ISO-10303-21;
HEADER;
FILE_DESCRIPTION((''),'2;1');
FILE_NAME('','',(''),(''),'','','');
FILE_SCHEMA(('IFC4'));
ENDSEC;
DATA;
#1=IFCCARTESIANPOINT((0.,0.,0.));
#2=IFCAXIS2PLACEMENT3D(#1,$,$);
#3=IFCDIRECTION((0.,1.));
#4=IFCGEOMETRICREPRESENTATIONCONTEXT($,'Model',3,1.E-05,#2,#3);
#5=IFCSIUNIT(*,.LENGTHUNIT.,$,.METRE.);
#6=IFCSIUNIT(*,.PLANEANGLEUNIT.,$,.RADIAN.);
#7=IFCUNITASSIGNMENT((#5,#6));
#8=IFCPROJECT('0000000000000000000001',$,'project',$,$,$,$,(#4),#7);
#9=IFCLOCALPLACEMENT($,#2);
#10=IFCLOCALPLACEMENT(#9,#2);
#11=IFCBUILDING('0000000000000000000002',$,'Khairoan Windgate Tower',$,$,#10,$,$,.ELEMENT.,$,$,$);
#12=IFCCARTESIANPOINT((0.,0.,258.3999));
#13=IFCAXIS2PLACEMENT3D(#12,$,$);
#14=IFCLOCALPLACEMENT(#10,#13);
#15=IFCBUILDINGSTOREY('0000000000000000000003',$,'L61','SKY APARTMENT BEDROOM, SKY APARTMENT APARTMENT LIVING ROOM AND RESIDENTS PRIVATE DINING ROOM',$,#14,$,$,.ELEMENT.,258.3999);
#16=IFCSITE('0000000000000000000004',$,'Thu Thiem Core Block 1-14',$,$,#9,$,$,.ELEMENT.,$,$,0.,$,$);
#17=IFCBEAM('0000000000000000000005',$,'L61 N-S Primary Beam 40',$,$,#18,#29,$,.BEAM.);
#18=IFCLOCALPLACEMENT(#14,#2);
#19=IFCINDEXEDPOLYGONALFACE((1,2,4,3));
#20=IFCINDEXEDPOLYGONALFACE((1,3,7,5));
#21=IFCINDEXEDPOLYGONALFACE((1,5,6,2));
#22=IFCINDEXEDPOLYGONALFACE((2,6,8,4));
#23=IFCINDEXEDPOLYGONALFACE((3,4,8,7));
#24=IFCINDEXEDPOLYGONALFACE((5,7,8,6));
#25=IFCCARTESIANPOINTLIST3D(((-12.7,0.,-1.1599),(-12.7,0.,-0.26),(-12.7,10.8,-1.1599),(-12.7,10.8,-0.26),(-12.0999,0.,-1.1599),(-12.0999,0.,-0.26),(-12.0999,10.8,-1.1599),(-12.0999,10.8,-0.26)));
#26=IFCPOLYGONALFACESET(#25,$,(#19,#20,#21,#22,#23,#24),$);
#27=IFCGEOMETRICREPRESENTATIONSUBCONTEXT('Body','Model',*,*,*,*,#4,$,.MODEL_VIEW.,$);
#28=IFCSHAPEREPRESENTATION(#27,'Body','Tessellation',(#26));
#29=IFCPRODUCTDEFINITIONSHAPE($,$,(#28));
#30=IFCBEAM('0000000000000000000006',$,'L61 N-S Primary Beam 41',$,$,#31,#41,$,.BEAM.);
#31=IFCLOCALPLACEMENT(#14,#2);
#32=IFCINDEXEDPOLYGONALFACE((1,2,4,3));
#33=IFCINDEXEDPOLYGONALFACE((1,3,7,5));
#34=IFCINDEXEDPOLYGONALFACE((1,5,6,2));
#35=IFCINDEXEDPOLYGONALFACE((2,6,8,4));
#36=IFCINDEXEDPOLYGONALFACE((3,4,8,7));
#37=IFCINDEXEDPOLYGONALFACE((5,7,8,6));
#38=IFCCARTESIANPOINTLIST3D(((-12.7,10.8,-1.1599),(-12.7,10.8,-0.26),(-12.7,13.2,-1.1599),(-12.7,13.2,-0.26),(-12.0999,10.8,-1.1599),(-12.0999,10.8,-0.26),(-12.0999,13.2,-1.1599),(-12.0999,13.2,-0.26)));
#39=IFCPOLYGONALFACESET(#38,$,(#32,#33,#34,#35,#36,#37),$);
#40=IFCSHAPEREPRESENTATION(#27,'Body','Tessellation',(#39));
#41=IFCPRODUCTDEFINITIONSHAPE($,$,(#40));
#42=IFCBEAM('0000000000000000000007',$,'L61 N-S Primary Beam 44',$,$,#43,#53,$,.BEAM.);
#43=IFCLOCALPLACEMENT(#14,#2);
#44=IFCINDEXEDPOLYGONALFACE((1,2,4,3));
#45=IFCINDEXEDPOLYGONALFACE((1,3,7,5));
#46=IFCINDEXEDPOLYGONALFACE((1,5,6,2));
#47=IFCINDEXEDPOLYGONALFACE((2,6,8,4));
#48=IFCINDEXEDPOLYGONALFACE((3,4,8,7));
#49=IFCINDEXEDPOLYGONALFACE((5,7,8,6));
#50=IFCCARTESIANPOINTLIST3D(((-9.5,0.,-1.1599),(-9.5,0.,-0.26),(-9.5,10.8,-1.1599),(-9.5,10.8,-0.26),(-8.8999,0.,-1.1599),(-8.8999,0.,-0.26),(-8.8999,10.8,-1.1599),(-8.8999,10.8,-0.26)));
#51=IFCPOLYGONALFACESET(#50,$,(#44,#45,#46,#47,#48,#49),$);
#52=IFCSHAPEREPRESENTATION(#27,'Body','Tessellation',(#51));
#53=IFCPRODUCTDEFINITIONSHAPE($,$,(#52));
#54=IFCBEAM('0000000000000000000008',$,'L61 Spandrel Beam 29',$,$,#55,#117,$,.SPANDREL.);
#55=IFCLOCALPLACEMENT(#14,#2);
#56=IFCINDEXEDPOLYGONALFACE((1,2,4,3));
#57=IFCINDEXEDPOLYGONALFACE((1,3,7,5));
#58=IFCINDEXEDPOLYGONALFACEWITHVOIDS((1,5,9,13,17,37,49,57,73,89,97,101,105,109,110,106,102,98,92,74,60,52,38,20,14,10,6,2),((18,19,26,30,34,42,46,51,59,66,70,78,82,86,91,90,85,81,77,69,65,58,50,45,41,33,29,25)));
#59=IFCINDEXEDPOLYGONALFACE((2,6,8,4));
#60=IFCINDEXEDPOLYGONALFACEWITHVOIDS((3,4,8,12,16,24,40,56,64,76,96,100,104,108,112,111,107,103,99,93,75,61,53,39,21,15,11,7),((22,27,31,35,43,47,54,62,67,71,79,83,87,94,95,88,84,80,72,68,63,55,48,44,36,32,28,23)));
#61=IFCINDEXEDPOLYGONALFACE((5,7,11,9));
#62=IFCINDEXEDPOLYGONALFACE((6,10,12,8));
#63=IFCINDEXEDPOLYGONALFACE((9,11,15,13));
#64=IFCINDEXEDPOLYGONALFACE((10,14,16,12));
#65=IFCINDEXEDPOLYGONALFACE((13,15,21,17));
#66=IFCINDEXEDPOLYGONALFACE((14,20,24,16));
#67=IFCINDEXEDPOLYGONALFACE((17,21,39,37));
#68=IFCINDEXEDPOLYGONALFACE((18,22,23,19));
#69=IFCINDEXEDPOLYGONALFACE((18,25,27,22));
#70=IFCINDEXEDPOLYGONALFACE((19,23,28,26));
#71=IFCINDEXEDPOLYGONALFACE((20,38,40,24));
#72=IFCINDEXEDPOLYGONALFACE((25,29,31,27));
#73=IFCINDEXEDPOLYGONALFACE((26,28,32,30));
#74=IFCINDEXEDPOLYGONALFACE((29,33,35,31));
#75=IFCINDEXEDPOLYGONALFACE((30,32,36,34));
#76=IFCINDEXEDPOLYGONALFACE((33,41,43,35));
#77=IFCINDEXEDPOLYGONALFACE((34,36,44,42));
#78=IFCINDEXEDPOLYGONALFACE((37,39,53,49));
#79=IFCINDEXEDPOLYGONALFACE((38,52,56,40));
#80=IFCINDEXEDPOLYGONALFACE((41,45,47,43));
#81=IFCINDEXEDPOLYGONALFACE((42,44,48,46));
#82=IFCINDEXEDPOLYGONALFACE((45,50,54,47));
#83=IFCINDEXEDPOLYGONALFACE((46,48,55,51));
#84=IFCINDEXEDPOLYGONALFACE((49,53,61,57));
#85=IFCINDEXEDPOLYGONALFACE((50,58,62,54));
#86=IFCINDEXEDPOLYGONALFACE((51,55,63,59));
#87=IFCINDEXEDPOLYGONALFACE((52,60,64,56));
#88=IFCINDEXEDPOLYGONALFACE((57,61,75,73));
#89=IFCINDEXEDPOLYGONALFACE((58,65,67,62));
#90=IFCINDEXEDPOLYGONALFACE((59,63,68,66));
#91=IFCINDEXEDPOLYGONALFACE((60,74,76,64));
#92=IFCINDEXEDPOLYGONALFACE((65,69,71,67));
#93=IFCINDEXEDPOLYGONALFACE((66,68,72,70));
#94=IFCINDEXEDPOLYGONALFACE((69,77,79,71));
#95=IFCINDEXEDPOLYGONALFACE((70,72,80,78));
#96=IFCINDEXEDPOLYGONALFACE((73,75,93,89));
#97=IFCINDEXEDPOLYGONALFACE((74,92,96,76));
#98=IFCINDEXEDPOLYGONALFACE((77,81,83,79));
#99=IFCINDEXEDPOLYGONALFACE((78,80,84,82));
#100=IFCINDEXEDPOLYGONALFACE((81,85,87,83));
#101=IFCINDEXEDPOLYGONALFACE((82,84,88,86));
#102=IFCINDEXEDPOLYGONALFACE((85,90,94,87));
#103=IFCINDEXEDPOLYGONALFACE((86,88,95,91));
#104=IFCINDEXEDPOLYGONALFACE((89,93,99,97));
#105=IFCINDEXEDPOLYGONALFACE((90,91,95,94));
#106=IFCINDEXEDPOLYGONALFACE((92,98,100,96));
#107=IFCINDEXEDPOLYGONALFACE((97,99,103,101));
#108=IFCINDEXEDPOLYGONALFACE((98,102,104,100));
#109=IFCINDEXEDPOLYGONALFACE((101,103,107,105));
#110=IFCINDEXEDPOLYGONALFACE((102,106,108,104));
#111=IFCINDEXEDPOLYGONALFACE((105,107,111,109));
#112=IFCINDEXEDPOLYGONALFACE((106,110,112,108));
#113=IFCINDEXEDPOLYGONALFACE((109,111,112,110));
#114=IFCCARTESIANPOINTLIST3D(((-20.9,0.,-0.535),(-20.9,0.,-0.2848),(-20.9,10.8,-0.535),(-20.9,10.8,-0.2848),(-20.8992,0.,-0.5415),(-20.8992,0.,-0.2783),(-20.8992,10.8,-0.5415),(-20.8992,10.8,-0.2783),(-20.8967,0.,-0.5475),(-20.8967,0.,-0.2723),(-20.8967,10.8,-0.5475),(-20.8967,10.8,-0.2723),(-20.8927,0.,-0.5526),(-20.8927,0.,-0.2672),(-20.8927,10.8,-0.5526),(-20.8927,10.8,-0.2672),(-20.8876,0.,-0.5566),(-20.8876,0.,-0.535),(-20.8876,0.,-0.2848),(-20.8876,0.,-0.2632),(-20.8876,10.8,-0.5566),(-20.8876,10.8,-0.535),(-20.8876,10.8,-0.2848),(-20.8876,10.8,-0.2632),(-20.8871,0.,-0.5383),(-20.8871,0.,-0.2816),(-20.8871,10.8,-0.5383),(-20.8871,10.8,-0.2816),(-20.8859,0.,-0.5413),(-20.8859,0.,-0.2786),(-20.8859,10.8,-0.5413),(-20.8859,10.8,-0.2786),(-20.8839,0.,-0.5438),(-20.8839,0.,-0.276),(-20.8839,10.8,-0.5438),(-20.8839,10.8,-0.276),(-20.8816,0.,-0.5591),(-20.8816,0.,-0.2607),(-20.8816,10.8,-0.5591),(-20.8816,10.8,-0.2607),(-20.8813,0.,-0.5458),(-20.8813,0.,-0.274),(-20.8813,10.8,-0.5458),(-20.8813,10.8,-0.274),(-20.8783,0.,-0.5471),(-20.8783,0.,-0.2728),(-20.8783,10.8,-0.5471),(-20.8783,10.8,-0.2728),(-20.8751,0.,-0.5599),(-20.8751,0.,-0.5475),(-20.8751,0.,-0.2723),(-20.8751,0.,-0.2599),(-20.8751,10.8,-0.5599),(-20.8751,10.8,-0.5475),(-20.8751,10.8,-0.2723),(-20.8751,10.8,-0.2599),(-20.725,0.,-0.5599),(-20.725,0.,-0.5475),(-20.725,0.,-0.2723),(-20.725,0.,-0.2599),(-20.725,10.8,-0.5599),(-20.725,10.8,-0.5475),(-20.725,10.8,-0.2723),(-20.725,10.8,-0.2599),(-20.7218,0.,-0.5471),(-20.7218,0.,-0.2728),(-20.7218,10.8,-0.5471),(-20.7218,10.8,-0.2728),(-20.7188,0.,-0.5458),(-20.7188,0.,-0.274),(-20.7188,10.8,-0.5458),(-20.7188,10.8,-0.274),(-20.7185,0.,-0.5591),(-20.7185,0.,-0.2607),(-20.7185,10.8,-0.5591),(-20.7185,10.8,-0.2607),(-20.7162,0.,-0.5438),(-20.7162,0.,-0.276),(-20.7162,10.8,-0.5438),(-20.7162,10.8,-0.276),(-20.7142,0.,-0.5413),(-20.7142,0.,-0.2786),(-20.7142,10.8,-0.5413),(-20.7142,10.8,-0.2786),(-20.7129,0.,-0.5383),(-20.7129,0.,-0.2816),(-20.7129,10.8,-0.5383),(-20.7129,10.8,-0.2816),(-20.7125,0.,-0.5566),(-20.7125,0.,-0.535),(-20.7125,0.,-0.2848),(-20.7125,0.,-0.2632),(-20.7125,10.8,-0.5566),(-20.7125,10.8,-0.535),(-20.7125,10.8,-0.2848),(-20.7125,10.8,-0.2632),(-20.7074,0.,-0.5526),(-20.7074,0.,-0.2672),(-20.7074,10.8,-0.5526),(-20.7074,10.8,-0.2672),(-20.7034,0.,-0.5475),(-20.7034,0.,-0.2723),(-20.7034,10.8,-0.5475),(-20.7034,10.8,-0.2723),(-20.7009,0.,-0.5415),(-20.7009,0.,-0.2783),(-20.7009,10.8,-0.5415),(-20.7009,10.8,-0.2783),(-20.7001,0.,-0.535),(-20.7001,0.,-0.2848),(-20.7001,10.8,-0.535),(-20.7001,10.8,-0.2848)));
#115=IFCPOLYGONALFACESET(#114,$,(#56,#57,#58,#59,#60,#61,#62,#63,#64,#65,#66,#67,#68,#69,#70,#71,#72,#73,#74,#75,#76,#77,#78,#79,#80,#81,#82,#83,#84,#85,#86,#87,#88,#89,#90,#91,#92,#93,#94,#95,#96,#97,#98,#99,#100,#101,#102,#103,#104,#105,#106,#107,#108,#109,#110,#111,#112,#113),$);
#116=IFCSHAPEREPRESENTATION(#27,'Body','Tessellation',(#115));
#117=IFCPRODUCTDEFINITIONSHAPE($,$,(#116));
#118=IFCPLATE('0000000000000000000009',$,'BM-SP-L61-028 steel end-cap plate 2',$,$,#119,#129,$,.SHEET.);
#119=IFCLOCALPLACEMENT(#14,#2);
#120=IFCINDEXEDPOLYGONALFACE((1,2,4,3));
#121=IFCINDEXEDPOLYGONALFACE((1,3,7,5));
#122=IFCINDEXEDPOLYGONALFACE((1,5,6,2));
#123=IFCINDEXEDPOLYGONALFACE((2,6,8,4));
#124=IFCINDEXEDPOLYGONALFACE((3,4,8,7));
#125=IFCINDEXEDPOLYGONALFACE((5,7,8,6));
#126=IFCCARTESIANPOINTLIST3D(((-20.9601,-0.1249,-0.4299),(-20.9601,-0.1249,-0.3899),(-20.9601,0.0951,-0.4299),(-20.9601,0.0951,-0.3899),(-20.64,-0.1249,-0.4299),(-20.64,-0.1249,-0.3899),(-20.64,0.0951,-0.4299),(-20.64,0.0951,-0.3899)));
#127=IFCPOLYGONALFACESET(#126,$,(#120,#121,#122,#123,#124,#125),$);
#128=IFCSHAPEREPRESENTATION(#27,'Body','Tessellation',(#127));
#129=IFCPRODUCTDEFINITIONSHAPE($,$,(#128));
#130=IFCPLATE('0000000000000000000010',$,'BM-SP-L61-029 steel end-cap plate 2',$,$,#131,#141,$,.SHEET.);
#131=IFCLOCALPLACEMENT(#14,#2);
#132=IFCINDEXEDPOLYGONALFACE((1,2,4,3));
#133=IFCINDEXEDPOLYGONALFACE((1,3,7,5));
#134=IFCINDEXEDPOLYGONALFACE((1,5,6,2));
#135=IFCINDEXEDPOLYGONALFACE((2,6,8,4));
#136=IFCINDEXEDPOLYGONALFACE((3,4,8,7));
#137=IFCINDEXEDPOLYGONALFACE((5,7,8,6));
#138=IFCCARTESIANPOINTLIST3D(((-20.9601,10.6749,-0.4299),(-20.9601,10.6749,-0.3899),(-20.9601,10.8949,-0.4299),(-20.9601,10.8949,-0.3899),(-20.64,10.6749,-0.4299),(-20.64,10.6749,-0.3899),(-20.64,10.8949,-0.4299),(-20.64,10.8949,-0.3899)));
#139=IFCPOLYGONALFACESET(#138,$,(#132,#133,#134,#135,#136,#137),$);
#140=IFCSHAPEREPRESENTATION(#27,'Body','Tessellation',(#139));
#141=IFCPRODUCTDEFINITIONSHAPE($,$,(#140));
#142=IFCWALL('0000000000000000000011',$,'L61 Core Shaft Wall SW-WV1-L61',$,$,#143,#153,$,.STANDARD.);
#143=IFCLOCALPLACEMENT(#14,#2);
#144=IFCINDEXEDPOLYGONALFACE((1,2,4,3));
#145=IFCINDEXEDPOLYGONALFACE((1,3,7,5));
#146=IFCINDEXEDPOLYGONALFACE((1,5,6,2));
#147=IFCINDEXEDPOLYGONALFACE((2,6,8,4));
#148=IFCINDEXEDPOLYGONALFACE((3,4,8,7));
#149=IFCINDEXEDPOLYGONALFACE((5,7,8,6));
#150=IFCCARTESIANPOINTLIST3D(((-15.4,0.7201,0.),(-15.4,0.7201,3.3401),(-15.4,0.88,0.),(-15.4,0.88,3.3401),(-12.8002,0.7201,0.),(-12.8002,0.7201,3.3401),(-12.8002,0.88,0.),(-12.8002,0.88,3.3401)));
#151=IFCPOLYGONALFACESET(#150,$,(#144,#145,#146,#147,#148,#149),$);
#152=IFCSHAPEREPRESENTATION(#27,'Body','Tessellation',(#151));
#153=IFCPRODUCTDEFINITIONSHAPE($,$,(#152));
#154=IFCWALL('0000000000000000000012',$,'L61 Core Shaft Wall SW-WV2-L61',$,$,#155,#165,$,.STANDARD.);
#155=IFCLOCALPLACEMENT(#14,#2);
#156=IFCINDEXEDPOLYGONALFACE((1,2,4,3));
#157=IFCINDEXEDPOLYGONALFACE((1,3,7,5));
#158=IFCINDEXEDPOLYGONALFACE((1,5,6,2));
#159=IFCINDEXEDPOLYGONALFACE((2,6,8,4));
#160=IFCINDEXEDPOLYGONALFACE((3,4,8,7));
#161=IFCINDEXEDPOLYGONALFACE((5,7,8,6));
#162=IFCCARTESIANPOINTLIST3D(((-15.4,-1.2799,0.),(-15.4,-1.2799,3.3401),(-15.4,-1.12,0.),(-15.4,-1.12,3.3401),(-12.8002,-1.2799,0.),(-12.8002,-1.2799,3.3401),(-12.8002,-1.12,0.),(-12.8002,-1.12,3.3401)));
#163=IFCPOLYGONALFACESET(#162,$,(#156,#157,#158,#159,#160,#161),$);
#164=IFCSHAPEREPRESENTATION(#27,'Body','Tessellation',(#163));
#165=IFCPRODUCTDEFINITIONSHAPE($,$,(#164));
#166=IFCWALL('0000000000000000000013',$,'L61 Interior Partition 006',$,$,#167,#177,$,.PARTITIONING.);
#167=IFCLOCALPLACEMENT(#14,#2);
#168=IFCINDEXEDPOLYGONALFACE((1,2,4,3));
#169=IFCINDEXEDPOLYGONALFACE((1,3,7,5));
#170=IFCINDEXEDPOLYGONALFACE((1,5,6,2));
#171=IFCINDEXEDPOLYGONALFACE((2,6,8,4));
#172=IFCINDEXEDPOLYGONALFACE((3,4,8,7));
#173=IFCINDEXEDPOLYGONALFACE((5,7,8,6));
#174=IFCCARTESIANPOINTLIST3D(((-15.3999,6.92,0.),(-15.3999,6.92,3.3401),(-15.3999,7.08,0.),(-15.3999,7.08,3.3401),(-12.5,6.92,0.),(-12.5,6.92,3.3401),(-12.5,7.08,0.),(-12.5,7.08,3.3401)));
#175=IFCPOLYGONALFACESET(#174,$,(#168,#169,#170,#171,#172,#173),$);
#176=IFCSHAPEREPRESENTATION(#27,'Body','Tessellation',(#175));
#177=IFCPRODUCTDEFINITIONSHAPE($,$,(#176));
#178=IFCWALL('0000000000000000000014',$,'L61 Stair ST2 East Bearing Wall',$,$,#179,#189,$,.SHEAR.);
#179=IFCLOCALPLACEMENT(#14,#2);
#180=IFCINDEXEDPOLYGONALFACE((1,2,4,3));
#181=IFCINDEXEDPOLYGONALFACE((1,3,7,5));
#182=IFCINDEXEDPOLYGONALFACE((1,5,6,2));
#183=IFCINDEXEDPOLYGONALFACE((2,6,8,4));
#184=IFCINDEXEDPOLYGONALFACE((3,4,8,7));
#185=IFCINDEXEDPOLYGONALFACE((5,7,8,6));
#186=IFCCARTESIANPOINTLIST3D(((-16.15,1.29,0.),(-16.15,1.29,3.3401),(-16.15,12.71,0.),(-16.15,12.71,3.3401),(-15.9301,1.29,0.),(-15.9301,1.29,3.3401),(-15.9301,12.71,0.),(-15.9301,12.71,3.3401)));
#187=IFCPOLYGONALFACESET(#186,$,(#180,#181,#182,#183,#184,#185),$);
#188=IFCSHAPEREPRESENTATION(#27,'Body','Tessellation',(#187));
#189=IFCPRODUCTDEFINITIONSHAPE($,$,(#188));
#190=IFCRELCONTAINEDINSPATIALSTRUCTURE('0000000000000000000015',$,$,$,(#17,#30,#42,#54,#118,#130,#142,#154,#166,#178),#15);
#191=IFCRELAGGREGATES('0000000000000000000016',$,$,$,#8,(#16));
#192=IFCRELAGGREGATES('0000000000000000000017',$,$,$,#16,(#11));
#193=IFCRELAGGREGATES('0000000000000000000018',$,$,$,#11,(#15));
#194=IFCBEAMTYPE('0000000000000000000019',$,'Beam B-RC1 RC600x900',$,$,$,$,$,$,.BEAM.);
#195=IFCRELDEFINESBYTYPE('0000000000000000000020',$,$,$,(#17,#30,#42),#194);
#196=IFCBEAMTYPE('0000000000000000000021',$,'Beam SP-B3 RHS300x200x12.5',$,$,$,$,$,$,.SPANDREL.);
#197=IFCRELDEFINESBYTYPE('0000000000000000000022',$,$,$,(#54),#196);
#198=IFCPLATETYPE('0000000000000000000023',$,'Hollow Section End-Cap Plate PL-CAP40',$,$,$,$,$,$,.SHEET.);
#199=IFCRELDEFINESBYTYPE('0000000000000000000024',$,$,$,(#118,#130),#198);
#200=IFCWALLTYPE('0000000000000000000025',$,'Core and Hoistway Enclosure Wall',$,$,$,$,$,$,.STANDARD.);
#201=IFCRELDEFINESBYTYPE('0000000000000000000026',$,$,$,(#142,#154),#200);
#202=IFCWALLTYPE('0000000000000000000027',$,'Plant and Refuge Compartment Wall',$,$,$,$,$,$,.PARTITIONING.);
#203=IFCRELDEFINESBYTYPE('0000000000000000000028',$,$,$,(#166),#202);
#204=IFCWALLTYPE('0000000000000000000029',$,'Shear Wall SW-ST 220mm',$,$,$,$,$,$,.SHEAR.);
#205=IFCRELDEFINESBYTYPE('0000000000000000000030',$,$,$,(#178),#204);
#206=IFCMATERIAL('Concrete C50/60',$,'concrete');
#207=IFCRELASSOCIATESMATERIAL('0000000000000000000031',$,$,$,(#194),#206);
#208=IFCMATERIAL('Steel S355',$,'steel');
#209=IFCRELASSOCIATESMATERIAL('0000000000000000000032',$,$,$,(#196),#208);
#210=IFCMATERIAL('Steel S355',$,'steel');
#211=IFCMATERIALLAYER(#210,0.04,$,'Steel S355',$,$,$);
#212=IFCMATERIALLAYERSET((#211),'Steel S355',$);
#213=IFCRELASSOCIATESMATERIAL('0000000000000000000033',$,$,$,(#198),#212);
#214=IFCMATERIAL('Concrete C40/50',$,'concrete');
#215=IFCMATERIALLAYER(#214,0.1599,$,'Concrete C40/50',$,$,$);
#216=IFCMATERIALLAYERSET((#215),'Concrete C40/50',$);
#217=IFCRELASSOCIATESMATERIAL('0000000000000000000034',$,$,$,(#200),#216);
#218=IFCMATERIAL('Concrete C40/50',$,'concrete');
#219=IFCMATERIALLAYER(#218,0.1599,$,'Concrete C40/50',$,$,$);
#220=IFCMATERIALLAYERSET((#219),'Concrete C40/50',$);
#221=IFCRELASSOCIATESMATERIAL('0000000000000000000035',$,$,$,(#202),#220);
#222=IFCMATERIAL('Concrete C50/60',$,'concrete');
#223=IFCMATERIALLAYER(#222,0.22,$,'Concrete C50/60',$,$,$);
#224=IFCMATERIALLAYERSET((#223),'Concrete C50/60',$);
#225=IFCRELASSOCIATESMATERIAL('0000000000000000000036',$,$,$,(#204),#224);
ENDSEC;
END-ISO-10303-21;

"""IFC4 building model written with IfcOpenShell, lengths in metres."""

from ifc_helpers import new_model, si_unit, direction, frame, frame_2d, origin, origin_2d, place, context, subcontext, project, spatial, rectangle, hollow_rectangle, extrude, material, layer, layer_set, material_profile, profile_set, type_object, element, save


model = new_model("IFC4")

# Units and contexts
model_context = context("Model", 3, precision=1e-05, world=origin(), true_north=direction((0.0, 1.0)))
body_context = subcontext(model_context, "Body", "Model", "MODEL_VIEW")
ifc_project = project(units=[si_unit("LENGTHUNIT", "METRE"), si_unit("PLANEANGLEUNIT", "RADIAN")], contexts=[model_context])

# Site, building, storey
site_placement = place(None, origin())
site = spatial("IfcSite", under=ifc_project, at=site_placement, Name="Thu Thiem Core Block 1-14", CompositionType="ELEMENT", RefElevation=0.0)
building_placement = place(site_placement, origin())
building = spatial("IfcBuilding", under=site, at=building_placement, Name="Khairoan Windgate Tower", CompositionType="ELEMENT")
storey_placement = place(building_placement, frame((0.0, 0.0, 258.3999)))
storey = spatial("IfcBuildingStorey", under=building, at=storey_placement, Name="L61", Description="SKY APARTMENT BEDROOM, SKY APARTMENT APARTMENT LIVING ROOM AND RESIDENTS PRIVATE DINING ROOM", CompositionType="ELEMENT", Elevation=258.3999)

# Beams
ifc_material_1 = material(Name="Concrete C50/60", Category="concrete")
ifc_material_profile_1 = material_profile(ifc_material_1, rectangle(XDim=0.6001, YDim=0.8999, at=origin_2d()))
ifc_profile_set_1 = profile_set([ifc_material_profile_1], Name="Concrete C50/60")
beam_type_1 = type_object("IfcBeamType", Name="Beam B-RC1 RC600x900", PredefinedType="BEAM", material=ifc_profile_set_1)
beam_1_placement = place(storey_placement, frame((-12.3999, 0.0, -0.71), z_axis=(0.0, 1.0, 0.0), x_axis=(-1.0, 0.0, 0.0)))
element("IfcBeam", 1, at=beam_1_placement, inside=storey, type_object=beam_type_1, Name="L61 N-S Primary Beam 40", PredefinedType="BEAM", context=body_context, shape_type="SweptSolid", body=[
    extrude(rectangle(XDim=0.6001, YDim=0.8999, at=origin_2d()), origin(), (0.0, 0.0, 1.0), 10.8),
])
beam_2_placement = place(storey_placement, frame((-12.3999, 10.8, -0.71), z_axis=(0.0, 1.0, 0.0), x_axis=(-1.0, 0.0, 0.0)))
element("IfcBeam", 2, at=beam_2_placement, inside=storey, type_object=beam_type_1, Name="L61 N-S Primary Beam 41", PredefinedType="BEAM", context=body_context, shape_type="SweptSolid", body=[
    extrude(rectangle(XDim=0.6001, YDim=0.8999, at=origin_2d()), origin(), (0.0, 0.0, 1.0), 2.3999),
])
beam_3_placement = place(storey_placement, frame((-9.2, 0.0, -0.71), z_axis=(0.0, 1.0, 0.0), x_axis=(-1.0, 0.0, 0.0)))
element("IfcBeam", 3, at=beam_3_placement, inside=storey, type_object=beam_type_1, Name="L61 N-S Primary Beam 44", PredefinedType="BEAM", context=body_context, shape_type="SweptSolid", body=[
    extrude(rectangle(XDim=0.6001, YDim=0.8999, at=origin_2d()), origin(), (0.0, 0.0, 1.0), 10.8),
])
ifc_material_2 = material(Name="Steel S355", Category="steel")
ifc_material_profile_2 = material_profile(ifc_material_2, hollow_rectangle(XDim=0.2, YDim=0.3, WallThickness=0.0125, InnerFilletRadius=0.0125, OuterFilletRadius=0.0249, at=origin_2d()))
ifc_profile_set_2 = profile_set([ifc_material_profile_2], Name="Steel S355")
beam_type_2 = type_object("IfcBeamType", Name="Beam SP-B3 RHS300x200x12.5", PredefinedType="SPANDREL", material=ifc_profile_set_2)
beam_4_placement = place(storey_placement, frame((-20.8, 0.0, -0.4099), z_axis=(0.0, 1.0, 0.0), x_axis=(-1.0, 0.0, 0.0)))
element("IfcBeam", 4, at=beam_4_placement, inside=storey, type_object=beam_type_2, Name="L61 Spandrel Beam 29", PredefinedType="SPANDREL", context=body_context, shape_type="SweptSolid", body=[
    extrude(hollow_rectangle(XDim=0.2, YDim=0.3, WallThickness=0.0125, InnerFilletRadius=0.0125, OuterFilletRadius=0.0249, at=origin_2d()), origin(), (0.0, 0.0, 1.0), 10.8),
])

# Plates
ifc_material_3 = material(Name="Steel S355", Category="steel")
ifc_layer_1 = layer(ifc_material_3, 0.04, Name="Steel S355")
ifc_layer_set_1 = layer_set([ifc_layer_1], Name="Steel S355")
plate_type = type_object("IfcPlateType", Name="Hollow Section End-Cap Plate PL-CAP40", PredefinedType="SHEET", material=ifc_layer_set_1)
for number, where, z_axis, x_axis, name in (
    (5, (-20.8, -0.0149, -0.4299), (0.0, 0.0, 1.0), (0.0, 1.0, 0.0), "BM-SP-L61-028 steel end-cap plate 2"),
    (6, (-20.8, 10.7849, -0.4299), (0.0, 0.0, 1.0), (0.0, 1.0, 0.0), "BM-SP-L61-029 steel end-cap plate 2"),
):
    element("IfcPlate", number, at=place(storey_placement, frame(where, z_axis=z_axis, x_axis=x_axis)), inside=storey, type_object=plate_type, Name=name, PredefinedType="SHEET", context=body_context, shape_type="SweptSolid", body=[
        extrude(rectangle(XDim=0.22, YDim=0.3201, at=origin_2d()), origin(), (0.0, 0.0, 1.0), 0.04),
    ])

# Walls
ifc_material_4 = material(Name="Concrete C40/50", Category="concrete")
ifc_layer_2 = layer(ifc_material_4, 0.1599, Name="Concrete C40/50")
ifc_layer_set_2 = layer_set([ifc_layer_2], Name="Concrete C40/50")
wall_type_1 = type_object("IfcWallType", Name="Core and Hoistway Enclosure Wall", PredefinedType="STANDARD", material=ifc_layer_set_2)
for number, where, z_axis, x_axis, name in (
    (7, (-15.3999, 0.8, 0.0), (0.0, 0.0, 1.0), (1.0, 0.0, 0.0), "L61 Core Shaft Wall SW-WV1-L61"),
    (8, (-15.3999, -1.2, 0.0), (0.0, 0.0, 1.0), (1.0, 0.0, 0.0), "L61 Core Shaft Wall SW-WV2-L61"),
):
    element("IfcWall", number, at=place(storey_placement, frame(where, z_axis=z_axis, x_axis=x_axis)), inside=storey, type_object=wall_type_1, Name=name, PredefinedType="STANDARD", context=body_context, shape_type="SweptSolid", body=[
        extrude(rectangle(XDim=2.5999, YDim=0.1599, at=frame_2d((1.2998, 0.0))), origin(), (0.0, 0.0, 1.0), 3.3401),
    ])
ifc_material_5 = material(Name="Concrete C40/50", Category="concrete")
ifc_layer_3 = layer(ifc_material_5, 0.1599, Name="Concrete C40/50")
ifc_layer_set_3 = layer_set([ifc_layer_3], Name="Concrete C40/50")
wall_type_2 = type_object("IfcWallType", Name="Plant and Refuge Compartment Wall", PredefinedType="PARTITIONING", material=ifc_layer_set_3)
wall_1_placement = place(storey_placement, frame((-15.3999, 7.0, 0.0), z_axis=(0.0, 0.0, 1.0), x_axis=(1.0, 0.0, 0.0)))
element("IfcWall", 9, at=wall_1_placement, inside=storey, type_object=wall_type_2, Name="L61 Interior Partition 006", PredefinedType="PARTITIONING", context=body_context, shape_type="SweptSolid", body=[
    extrude(rectangle(XDim=2.8999, YDim=0.1599, at=frame_2d((1.45, 0.0))), origin(), (0.0, 0.0, 1.0), 3.3401),
])
ifc_material_6 = material(Name="Concrete C50/60", Category="concrete")
ifc_layer_4 = layer(ifc_material_6, 0.22, Name="Concrete C50/60")
ifc_layer_set_4 = layer_set([ifc_layer_4], Name="Concrete C50/60")
wall_type_3 = type_object("IfcWallType", Name="Shear Wall SW-ST 220mm", PredefinedType="SHEAR", material=ifc_layer_set_4)
for number, where, z_axis, x_axis, name in (
    (10, (-16.04, 1.29, 0.0), (0.0, 0.0, 1.0), (0.0, 1.0, 0.0), "L61 Stair ST2 East Bearing Wall"),
):
    element("IfcWall", number, at=place(storey_placement, frame(where, z_axis=z_axis, x_axis=x_axis)), inside=storey, type_object=wall_type_3, Name=name, PredefinedType="SHEAR", context=body_context, shape_type="SweptSolid", body=[
        extrude(rectangle(XDim=11.4199, YDim=0.22, at=frame_2d((5.71, 0.0))), origin(), (0.0, 0.0, 1.0), 3.3401),
    ])

save(model, "model.ifc")
